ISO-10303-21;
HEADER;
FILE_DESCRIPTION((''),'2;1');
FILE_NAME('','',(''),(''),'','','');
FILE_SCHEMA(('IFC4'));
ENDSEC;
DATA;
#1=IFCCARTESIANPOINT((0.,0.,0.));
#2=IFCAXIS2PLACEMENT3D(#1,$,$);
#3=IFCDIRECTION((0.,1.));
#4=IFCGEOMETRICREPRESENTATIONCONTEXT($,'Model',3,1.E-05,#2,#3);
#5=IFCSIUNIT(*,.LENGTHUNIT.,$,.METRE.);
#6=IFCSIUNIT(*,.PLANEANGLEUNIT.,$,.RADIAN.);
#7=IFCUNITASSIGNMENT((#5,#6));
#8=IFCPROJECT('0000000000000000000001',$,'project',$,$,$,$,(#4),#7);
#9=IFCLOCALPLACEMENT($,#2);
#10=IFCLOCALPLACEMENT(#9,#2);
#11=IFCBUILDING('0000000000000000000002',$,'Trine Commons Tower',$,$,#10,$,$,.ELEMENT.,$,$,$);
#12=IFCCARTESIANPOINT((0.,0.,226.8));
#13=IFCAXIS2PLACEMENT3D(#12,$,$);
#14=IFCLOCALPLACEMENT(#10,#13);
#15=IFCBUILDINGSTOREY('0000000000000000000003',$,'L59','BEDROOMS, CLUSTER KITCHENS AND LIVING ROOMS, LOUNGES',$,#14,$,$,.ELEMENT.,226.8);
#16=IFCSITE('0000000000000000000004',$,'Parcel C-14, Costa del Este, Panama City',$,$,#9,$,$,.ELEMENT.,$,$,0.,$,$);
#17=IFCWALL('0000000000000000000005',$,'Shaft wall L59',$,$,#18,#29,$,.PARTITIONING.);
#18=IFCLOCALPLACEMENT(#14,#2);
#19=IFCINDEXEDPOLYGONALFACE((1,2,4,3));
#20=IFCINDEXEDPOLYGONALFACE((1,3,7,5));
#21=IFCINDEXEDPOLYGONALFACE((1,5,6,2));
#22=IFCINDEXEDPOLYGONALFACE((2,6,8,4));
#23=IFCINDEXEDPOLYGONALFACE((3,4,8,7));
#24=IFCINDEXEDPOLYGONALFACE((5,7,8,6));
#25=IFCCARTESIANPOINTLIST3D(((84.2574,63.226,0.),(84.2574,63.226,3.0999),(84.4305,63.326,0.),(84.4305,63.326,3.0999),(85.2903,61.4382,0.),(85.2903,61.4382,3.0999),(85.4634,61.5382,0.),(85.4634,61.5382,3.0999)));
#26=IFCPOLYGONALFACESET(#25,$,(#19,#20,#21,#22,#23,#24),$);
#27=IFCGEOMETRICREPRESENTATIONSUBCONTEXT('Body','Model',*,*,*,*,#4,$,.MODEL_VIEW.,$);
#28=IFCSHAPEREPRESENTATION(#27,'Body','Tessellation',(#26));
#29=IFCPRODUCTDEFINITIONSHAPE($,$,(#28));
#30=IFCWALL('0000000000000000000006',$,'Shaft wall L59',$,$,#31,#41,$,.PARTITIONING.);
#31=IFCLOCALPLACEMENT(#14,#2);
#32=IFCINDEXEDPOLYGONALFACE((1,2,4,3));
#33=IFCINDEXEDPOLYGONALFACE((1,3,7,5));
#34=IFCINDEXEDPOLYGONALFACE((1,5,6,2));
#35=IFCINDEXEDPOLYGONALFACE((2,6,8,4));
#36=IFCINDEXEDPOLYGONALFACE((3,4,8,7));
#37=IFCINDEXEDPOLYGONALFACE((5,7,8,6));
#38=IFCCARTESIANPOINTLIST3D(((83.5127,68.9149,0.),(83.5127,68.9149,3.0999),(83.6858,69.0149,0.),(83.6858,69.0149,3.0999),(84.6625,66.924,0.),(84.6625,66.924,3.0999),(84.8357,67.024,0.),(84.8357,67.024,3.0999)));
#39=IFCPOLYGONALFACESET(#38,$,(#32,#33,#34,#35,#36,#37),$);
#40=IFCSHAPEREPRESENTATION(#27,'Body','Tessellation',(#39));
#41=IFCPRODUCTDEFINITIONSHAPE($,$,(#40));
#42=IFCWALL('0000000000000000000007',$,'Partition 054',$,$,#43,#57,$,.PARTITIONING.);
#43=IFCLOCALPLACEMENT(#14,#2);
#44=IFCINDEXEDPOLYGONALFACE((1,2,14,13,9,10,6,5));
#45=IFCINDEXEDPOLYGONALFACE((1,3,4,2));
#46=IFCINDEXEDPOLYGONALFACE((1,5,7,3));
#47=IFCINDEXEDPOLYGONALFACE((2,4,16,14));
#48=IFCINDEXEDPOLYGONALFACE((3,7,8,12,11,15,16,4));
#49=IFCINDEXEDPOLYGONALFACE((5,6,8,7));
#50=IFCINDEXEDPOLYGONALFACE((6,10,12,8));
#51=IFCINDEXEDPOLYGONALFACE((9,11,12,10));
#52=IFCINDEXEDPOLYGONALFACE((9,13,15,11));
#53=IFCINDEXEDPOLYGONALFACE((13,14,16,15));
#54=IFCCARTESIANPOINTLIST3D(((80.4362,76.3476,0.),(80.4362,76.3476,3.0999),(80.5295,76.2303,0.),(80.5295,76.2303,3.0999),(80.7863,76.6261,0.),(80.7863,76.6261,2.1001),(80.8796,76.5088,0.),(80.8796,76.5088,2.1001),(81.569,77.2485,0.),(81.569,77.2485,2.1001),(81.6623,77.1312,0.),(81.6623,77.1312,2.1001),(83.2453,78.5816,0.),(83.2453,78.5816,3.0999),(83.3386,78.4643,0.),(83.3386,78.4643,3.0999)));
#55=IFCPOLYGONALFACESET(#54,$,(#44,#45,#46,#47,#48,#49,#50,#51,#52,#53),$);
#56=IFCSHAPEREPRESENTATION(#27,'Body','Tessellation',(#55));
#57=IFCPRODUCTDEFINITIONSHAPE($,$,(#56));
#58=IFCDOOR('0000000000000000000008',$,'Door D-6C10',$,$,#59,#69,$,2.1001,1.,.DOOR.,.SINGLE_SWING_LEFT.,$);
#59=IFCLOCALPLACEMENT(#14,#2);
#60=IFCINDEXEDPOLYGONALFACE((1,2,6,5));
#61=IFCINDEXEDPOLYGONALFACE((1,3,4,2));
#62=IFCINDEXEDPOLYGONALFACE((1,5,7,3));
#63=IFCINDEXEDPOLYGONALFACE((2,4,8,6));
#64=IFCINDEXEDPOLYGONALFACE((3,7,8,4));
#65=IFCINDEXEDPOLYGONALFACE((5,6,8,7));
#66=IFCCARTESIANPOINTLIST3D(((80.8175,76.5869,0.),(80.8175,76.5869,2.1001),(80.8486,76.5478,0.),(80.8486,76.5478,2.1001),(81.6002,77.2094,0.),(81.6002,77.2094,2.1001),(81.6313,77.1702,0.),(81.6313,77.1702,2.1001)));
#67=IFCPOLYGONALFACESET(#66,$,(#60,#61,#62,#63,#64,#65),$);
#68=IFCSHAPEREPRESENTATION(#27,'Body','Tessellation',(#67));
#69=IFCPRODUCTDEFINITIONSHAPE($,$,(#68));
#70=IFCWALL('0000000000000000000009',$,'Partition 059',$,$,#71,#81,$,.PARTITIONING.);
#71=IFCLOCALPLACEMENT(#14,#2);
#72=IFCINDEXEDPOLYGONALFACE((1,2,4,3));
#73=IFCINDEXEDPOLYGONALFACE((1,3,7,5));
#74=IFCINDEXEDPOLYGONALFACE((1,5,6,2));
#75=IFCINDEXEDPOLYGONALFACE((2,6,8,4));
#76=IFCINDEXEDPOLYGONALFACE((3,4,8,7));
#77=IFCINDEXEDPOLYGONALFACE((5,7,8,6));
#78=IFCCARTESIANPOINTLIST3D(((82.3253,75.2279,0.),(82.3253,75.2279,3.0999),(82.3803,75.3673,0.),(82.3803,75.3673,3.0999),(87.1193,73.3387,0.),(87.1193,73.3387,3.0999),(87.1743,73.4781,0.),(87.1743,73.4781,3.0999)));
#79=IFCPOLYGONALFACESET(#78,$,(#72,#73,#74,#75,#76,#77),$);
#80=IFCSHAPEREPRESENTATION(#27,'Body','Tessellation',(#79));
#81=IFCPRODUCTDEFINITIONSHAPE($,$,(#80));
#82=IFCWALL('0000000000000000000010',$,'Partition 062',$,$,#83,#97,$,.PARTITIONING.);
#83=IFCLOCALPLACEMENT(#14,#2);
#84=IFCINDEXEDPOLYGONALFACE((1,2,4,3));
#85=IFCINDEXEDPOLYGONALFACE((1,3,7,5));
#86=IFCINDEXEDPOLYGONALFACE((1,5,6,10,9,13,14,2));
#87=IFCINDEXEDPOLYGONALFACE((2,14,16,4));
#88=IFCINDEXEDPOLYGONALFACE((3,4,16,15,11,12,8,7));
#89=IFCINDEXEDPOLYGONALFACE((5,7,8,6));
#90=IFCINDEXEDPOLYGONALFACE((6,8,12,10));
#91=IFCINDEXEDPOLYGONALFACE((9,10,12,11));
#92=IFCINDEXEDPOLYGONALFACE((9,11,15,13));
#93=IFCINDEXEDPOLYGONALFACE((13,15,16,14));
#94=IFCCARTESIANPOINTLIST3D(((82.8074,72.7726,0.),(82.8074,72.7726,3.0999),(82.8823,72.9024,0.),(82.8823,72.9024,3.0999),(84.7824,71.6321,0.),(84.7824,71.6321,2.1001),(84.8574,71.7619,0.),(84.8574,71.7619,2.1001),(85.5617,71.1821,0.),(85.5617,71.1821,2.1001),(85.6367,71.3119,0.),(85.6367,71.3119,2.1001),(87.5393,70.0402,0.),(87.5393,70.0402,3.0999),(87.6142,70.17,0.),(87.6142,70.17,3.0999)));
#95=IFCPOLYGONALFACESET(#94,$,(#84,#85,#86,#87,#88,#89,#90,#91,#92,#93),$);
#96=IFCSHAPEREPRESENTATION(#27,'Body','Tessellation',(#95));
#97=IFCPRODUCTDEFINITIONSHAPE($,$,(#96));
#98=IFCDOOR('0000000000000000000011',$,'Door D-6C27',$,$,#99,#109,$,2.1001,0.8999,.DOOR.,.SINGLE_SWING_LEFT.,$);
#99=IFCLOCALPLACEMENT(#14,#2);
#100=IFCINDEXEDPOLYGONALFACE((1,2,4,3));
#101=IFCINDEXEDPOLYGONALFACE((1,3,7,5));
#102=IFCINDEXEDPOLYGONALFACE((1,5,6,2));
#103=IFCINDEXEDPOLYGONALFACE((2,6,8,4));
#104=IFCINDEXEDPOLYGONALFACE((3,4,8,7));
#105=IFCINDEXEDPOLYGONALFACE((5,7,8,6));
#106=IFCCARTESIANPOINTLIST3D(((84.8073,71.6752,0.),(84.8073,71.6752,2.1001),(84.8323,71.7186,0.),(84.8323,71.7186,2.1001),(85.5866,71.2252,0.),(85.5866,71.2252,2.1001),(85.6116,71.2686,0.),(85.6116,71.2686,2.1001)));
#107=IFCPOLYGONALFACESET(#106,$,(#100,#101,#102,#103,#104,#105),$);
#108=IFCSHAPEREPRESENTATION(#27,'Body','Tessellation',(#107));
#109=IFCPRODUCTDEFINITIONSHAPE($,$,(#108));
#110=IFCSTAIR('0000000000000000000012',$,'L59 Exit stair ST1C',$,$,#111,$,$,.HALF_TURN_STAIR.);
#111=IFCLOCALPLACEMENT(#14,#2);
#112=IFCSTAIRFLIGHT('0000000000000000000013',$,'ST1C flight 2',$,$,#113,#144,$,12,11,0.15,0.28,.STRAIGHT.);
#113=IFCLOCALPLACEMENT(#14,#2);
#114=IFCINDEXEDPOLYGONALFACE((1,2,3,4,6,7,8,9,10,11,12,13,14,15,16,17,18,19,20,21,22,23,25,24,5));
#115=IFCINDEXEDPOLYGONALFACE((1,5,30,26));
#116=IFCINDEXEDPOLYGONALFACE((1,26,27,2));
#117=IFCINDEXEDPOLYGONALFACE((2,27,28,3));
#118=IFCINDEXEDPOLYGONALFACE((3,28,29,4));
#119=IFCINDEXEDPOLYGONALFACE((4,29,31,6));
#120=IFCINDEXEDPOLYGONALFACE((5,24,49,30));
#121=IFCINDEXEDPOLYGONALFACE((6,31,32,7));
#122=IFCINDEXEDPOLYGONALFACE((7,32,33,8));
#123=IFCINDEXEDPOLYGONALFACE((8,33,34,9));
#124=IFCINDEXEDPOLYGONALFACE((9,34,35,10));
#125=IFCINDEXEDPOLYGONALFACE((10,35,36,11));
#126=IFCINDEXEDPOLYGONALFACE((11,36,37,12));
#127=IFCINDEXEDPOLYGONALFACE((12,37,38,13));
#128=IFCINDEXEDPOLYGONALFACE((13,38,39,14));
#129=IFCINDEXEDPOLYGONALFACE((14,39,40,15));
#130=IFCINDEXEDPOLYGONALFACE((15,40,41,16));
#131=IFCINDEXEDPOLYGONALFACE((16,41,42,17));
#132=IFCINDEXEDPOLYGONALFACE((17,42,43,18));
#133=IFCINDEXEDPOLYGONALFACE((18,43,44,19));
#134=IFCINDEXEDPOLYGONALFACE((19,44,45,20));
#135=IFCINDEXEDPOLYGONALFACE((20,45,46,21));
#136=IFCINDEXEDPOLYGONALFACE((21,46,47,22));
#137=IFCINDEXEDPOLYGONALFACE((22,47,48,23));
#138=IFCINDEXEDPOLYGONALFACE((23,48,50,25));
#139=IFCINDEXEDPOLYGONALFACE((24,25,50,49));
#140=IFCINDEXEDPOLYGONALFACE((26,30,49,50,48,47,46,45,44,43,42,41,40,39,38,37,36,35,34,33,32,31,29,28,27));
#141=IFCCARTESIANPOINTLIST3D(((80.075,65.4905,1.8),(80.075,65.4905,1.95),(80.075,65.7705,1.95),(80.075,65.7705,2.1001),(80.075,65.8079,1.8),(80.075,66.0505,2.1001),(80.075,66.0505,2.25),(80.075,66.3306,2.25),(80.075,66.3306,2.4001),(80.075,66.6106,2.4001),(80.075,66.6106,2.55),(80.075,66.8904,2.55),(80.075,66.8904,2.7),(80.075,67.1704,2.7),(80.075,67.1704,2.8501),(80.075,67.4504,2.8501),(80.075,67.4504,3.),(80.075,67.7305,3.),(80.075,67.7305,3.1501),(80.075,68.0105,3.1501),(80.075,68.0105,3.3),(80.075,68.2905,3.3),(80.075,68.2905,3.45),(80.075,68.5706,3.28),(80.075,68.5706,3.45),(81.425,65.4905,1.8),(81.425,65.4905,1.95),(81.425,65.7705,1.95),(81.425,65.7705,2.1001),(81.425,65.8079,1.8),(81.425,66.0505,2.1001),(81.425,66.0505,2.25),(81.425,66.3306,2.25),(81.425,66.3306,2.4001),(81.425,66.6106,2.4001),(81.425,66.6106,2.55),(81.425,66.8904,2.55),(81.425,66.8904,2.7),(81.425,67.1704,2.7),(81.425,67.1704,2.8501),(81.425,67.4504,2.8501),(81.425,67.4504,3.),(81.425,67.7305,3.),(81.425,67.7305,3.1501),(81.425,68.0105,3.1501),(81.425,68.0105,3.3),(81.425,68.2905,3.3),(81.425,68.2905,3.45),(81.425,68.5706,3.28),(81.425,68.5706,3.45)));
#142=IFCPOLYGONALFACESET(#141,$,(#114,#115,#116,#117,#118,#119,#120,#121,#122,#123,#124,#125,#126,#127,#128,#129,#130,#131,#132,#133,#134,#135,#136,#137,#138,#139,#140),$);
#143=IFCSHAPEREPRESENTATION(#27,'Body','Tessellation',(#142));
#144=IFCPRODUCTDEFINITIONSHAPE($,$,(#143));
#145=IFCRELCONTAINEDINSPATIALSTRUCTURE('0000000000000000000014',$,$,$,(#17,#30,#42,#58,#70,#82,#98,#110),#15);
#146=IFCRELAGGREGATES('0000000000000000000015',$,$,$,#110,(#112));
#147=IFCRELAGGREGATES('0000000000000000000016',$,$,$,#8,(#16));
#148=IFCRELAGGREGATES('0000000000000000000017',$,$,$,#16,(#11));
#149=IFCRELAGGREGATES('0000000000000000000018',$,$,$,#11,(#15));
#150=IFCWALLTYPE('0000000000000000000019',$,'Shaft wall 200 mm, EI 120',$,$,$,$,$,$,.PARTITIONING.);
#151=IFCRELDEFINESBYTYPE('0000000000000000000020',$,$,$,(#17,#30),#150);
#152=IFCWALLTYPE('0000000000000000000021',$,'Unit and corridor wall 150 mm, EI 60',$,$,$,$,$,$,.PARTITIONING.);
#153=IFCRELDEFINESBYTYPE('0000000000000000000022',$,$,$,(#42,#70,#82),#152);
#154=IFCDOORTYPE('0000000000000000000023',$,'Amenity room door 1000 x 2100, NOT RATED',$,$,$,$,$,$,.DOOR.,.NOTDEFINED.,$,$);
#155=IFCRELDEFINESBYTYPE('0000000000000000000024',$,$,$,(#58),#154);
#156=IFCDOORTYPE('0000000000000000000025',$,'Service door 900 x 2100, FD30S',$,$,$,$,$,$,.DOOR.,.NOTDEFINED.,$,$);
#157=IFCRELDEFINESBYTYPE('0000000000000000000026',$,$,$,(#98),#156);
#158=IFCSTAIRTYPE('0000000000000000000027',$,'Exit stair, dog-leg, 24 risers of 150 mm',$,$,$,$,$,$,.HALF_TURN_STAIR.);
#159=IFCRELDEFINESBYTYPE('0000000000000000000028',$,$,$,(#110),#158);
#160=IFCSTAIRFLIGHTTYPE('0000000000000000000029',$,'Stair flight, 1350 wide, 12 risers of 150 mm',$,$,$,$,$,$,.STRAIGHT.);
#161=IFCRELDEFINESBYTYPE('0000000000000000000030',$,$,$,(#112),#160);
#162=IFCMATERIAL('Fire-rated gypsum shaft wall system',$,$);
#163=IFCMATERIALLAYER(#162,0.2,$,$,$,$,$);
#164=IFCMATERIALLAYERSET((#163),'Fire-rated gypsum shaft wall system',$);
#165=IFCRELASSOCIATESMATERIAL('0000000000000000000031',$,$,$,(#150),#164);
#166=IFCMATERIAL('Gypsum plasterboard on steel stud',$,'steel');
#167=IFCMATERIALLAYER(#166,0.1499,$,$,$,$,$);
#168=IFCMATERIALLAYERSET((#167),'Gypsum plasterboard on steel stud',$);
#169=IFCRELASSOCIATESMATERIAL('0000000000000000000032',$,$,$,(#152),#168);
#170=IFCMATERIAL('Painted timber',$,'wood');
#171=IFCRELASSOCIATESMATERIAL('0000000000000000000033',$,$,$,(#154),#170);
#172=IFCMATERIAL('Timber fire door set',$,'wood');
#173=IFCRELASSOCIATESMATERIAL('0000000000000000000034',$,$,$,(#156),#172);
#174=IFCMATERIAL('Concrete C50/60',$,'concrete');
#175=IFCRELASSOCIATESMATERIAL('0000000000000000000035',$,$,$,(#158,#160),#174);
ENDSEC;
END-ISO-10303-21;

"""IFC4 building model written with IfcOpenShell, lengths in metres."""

from ifc_helpers import new_model, si_unit, direction, frame, frame_2d, origin, place, context, subcontext, project, spatial, polyline, rectangle, outline, extrude, material, layer, layer_set, type_object, element, fill, aggregate, save


model = new_model("IFC4")

# Units and contexts
model_context = context("Model", 3, precision=1e-05, world=origin(), true_north=direction((0.0, 1.0)))
body_context = subcontext(model_context, "Body", "Model", "MODEL_VIEW")
ifc_project = project(units=[si_unit("LENGTHUNIT", "METRE"), si_unit("PLANEANGLEUNIT", "RADIAN")], contexts=[model_context])

# Site, building, storey
site_placement = place(None, origin())
site = spatial("IfcSite", under=ifc_project, at=site_placement, Name="Parcel C-14, Costa del Este, Panama City", CompositionType="ELEMENT", RefElevation=0.0)
building_placement = place(site_placement, origin())
building = spatial("IfcBuilding", under=site, at=building_placement, Name="Trine Commons Tower", CompositionType="ELEMENT")
storey_placement = place(building_placement, frame((0.0, 0.0, 226.8)))
storey = spatial("IfcBuildingStorey", under=building, at=storey_placement, Name="L59", Description="BEDROOMS, CLUSTER KITCHENS AND LIVING ROOMS, LOUNGES", CompositionType="ELEMENT", Elevation=226.8)

# Shared definitions
ifc_material_1 = material(Name="Fire-rated gypsum shaft wall system")

# Walls
ifc_layer_1 = layer(ifc_material_1, 0.2)
ifc_layer_set_1 = layer_set([ifc_layer_1], Name="Fire-rated gypsum shaft wall system")
wall_type_1 = type_object("IfcWallType", Name="Shaft wall 200 mm, EI 120", PredefinedType="PARTITIONING", material=ifc_layer_set_1)
wall_1_placement = place(storey_placement, frame((84.344, 63.2759, 0.0), z_axis=(0.0, 0.0, 1.0), x_axis=(0.500272, -0.865868, 0.0)))
element("IfcWall", 1, at=wall_1_placement, inside=storey, type_object=wall_type_1, Name="Shaft wall L59", PredefinedType="PARTITIONING", context=body_context, shape_type="SweptSolid", body=[
    extrude(rectangle(XDim=2.0647, YDim=0.2, at=frame_2d((1.0322, 0.0))), origin(), (0.0, 0.0, 1.0), 3.0999),
])
wall_2_placement = place(storey_placement, frame((84.749, 66.9741, 0.0), z_axis=(0.0, 0.0, 1.0), x_axis=(-0.500136, 0.865947, 0.0)))
element("IfcWall", 2, at=wall_2_placement, inside=storey, type_object=wall_type_1, Name="Shaft wall L59", PredefinedType="PARTITIONING", context=body_context, shape_type="SweptSolid", body=[
    extrude(rectangle(XDim=2.2991, YDim=0.2, at=frame_2d((1.1494, 0.0))), origin(), (0.0, 0.0, 1.0), 3.0999),
])

# Wall, opening, door
ifc_material_2 = material(Name="Gypsum plasterboard on steel stud", Category="steel")
ifc_layer_2 = layer(ifc_material_2, 0.1499)
ifc_layer_set_2 = layer_set([ifc_layer_2], Name="Gypsum plasterboard on steel stud")
wall_type_2 = type_object("IfcWallType", Name="Unit and corridor wall 150 mm, EI 60", PredefinedType="PARTITIONING", material=ifc_layer_set_2)
wall_3_placement = place(storey_placement, frame((80.4829, 76.2891, 0.0), z_axis=(0.0, 0.0, 1.0), x_axis=(0.782684, 0.622419, 0.0)))
wall_3 = element("IfcWall", 3, at=wall_3_placement, inside=storey, type_object=wall_type_2, Name="Partition 054", PredefinedType="PARTITIONING", context=body_context, shape_type="SweptSolid", body=[
    extrude(rectangle(XDim=3.5891, YDim=0.1499, at=frame_2d((1.7944, 0.0))), origin(), (0.0, 0.0, 1.0), 3.0999),
])
opening_1_placement = place(wall_3_placement, frame((0.4473, 0.0, 0.0)))
opening_1 = element("IfcOpeningElement", 4, at=opening_1_placement, cuts=wall_3, PredefinedType="OPENING", context=body_context, shape_type="SweptSolid", body=[
    extrude(rectangle(XDim=1.0, YDim=2.1001, at=frame_2d((0.5, 1.05))), frame((0.0, 0.085, 0.0), z_axis=(0.0, -1.0, 0.0), x_axis=(1.0, 0.0, 0.0)), (0.0, 0.0, 1.0), 0.1699),
])
ifc_material_3 = material(Name="Painted timber", Category="wood")
door_type_1 = type_object("IfcDoorType", Name="Amenity room door 1000 x 2100, NOT RATED", OperationType="NOTDEFINED", PredefinedType="DOOR", material=ifc_material_3)
door_1_placement = place(opening_1_placement, origin())
door_1 = element("IfcDoor", 5, at=door_1_placement, inside=storey, type_object=door_type_1, Name="Door D-6C10", OperationType="SINGLE_SWING_LEFT", OverallHeight=2.1001, OverallWidth=1.0, PredefinedType="DOOR", context=body_context, shape_type="SweptSolid", body=[
    extrude(rectangle(XDim=1.0, YDim=2.1001, at=frame_2d((0.5, 1.05))), frame((0.0, 0.0249, 0.0), z_axis=(0.0, -1.0, 0.0), x_axis=(1.0, 0.0, 0.0)), (0.0, 0.0, 1.0), 0.05),
])
fill(opening_1, door_1)

# Wall
wall_4_placement = place(storey_placement, frame((82.3528, 75.2976, 0.0), z_axis=(0.0, 0.0, 1.0), x_axis=(0.930366, -0.366631, 0.0)))
element("IfcWall", 6, at=wall_4_placement, inside=storey, type_object=wall_type_2, Name="Partition 059", PredefinedType="PARTITIONING", context=body_context, shape_type="SweptSolid", body=[
    extrude(rectangle(XDim=5.1528, YDim=0.1499, at=frame_2d((2.5764, 0.0))), origin(), (0.0, 0.0, 1.0), 3.0999),
])

# Wall, opening, door
wall_5_placement = place(storey_placement, frame((82.845, 72.8374, 0.0), z_axis=(0.0, 0.0, 1.0), x_axis=(0.865991, -0.50006, 0.0)))
wall_5 = element("IfcWall", 7, at=wall_5_placement, inside=storey, type_object=wall_type_2, Name="Partition 062", PredefinedType="PARTITIONING", context=body_context, shape_type="SweptSolid", body=[
    extrude(rectangle(XDim=5.4641, YDim=0.1499, at=frame_2d((2.7319, 0.0))), origin(), (0.0, 0.0, 1.0), 3.0999),
])
opening_2_placement = place(wall_5_placement, frame((2.2805, 0.0, 0.0)))
opening_2 = element("IfcOpeningElement", 8, at=opening_2_placement, cuts=wall_5, PredefinedType="OPENING", context=body_context, shape_type="SweptSolid", body=[
    extrude(rectangle(XDim=0.8999, YDim=2.1001, at=frame_2d((0.45, 1.05))), frame((0.0, 0.085, 0.0), z_axis=(0.0, -1.0, 0.0), x_axis=(1.0, 0.0, 0.0)), (0.0, 0.0, 1.0), 0.1699),
])
ifc_material_4 = material(Name="Timber fire door set", Category="wood")
door_type_2 = type_object("IfcDoorType", Name="Service door 900 x 2100, FD30S", OperationType="NOTDEFINED", PredefinedType="DOOR", material=ifc_material_4)
door_2_placement = place(opening_2_placement, origin())
door_2 = element("IfcDoor", 9, at=door_2_placement, inside=storey, type_object=door_type_2, Name="Door D-6C27", OperationType="SINGLE_SWING_LEFT", OverallHeight=2.1001, OverallWidth=0.8999, PredefinedType="DOOR", context=body_context, shape_type="SweptSolid", body=[
    extrude(rectangle(XDim=0.8999, YDim=2.1001, at=frame_2d((0.45, 1.05))), frame((0.0, 0.0249, 0.0), z_axis=(0.0, -1.0, 0.0), x_axis=(1.0, 0.0, 0.0)), (0.0, 0.0, 1.0), 0.05),
])
fill(opening_2, door_2)

# Stair, stair flight
ifc_material_5 = material(Name="Concrete C50/60", Category="concrete")
stair_type = type_object("IfcStairType", Name="Exit stair, dog-leg, 24 risers of 150 mm", PredefinedType="HALF_TURN_STAIR", material=ifc_material_5)
stair_placement = place(storey_placement, origin())
stair = element("IfcStair", 10, at=stair_placement, inside=storey, type_object=stair_type, Name="L59 Exit stair ST1C", PredefinedType="HALF_TURN_STAIR")
stair_flight_type = type_object("IfcStairFlightType", Name="Stair flight, 1350 wide, 12 risers of 150 mm", PredefinedType="STRAIGHT", material=ifc_material_5)
stair_flight_placement = place(storey_placement, frame((80.75, 65.4905, 1.8), z_axis=(0.0, 0.0, 1.0), x_axis=(0.0, 1.0, 0.0)))
stair_flight = element("IfcStairFlight", 11, at=stair_flight_placement, type_object=stair_flight_type, Name="ST1C flight 2", NumberOfRisers=12, NumberOfTreads=11, PredefinedType="STRAIGHT", RiserHeight=0.15, TreadLength=0.28, context=body_context, shape_type="SweptSolid", body=[
    extrude(outline(polyline([(0.0, 0.0), (0.0, 0.1499), (0.28, 0.1499), (0.28, 0.3), (0.5601, 0.3), (0.5601, 0.45), (0.8401, 0.45), (0.8401, 0.6001), (1.1201, 0.6001), (1.1201, 0.75), (1.3999, 0.75), (1.3999, 0.8999), (1.6799, 0.8999), (1.6799, 1.05), (1.96, 1.05), (1.96, 1.2), (2.24, 1.2), (2.24, 1.3501), (2.52, 1.3501), (2.52, 1.5), (2.8, 1.5), (2.8, 1.6499), (3.0801, 1.6499), (3.0801, 1.8), (3.0801, 1.48), (0.3174, 0.0), (0.0, 0.0)])), frame((0.0, 0.675, 0.0), z_axis=(0.0, -1.0, 0.0), x_axis=(1.0, 0.0, 0.0)), (0.0, 0.0, 1.0), 1.3501),
])
aggregate(stair, [stair_flight])

save(model, "model.ifc")
